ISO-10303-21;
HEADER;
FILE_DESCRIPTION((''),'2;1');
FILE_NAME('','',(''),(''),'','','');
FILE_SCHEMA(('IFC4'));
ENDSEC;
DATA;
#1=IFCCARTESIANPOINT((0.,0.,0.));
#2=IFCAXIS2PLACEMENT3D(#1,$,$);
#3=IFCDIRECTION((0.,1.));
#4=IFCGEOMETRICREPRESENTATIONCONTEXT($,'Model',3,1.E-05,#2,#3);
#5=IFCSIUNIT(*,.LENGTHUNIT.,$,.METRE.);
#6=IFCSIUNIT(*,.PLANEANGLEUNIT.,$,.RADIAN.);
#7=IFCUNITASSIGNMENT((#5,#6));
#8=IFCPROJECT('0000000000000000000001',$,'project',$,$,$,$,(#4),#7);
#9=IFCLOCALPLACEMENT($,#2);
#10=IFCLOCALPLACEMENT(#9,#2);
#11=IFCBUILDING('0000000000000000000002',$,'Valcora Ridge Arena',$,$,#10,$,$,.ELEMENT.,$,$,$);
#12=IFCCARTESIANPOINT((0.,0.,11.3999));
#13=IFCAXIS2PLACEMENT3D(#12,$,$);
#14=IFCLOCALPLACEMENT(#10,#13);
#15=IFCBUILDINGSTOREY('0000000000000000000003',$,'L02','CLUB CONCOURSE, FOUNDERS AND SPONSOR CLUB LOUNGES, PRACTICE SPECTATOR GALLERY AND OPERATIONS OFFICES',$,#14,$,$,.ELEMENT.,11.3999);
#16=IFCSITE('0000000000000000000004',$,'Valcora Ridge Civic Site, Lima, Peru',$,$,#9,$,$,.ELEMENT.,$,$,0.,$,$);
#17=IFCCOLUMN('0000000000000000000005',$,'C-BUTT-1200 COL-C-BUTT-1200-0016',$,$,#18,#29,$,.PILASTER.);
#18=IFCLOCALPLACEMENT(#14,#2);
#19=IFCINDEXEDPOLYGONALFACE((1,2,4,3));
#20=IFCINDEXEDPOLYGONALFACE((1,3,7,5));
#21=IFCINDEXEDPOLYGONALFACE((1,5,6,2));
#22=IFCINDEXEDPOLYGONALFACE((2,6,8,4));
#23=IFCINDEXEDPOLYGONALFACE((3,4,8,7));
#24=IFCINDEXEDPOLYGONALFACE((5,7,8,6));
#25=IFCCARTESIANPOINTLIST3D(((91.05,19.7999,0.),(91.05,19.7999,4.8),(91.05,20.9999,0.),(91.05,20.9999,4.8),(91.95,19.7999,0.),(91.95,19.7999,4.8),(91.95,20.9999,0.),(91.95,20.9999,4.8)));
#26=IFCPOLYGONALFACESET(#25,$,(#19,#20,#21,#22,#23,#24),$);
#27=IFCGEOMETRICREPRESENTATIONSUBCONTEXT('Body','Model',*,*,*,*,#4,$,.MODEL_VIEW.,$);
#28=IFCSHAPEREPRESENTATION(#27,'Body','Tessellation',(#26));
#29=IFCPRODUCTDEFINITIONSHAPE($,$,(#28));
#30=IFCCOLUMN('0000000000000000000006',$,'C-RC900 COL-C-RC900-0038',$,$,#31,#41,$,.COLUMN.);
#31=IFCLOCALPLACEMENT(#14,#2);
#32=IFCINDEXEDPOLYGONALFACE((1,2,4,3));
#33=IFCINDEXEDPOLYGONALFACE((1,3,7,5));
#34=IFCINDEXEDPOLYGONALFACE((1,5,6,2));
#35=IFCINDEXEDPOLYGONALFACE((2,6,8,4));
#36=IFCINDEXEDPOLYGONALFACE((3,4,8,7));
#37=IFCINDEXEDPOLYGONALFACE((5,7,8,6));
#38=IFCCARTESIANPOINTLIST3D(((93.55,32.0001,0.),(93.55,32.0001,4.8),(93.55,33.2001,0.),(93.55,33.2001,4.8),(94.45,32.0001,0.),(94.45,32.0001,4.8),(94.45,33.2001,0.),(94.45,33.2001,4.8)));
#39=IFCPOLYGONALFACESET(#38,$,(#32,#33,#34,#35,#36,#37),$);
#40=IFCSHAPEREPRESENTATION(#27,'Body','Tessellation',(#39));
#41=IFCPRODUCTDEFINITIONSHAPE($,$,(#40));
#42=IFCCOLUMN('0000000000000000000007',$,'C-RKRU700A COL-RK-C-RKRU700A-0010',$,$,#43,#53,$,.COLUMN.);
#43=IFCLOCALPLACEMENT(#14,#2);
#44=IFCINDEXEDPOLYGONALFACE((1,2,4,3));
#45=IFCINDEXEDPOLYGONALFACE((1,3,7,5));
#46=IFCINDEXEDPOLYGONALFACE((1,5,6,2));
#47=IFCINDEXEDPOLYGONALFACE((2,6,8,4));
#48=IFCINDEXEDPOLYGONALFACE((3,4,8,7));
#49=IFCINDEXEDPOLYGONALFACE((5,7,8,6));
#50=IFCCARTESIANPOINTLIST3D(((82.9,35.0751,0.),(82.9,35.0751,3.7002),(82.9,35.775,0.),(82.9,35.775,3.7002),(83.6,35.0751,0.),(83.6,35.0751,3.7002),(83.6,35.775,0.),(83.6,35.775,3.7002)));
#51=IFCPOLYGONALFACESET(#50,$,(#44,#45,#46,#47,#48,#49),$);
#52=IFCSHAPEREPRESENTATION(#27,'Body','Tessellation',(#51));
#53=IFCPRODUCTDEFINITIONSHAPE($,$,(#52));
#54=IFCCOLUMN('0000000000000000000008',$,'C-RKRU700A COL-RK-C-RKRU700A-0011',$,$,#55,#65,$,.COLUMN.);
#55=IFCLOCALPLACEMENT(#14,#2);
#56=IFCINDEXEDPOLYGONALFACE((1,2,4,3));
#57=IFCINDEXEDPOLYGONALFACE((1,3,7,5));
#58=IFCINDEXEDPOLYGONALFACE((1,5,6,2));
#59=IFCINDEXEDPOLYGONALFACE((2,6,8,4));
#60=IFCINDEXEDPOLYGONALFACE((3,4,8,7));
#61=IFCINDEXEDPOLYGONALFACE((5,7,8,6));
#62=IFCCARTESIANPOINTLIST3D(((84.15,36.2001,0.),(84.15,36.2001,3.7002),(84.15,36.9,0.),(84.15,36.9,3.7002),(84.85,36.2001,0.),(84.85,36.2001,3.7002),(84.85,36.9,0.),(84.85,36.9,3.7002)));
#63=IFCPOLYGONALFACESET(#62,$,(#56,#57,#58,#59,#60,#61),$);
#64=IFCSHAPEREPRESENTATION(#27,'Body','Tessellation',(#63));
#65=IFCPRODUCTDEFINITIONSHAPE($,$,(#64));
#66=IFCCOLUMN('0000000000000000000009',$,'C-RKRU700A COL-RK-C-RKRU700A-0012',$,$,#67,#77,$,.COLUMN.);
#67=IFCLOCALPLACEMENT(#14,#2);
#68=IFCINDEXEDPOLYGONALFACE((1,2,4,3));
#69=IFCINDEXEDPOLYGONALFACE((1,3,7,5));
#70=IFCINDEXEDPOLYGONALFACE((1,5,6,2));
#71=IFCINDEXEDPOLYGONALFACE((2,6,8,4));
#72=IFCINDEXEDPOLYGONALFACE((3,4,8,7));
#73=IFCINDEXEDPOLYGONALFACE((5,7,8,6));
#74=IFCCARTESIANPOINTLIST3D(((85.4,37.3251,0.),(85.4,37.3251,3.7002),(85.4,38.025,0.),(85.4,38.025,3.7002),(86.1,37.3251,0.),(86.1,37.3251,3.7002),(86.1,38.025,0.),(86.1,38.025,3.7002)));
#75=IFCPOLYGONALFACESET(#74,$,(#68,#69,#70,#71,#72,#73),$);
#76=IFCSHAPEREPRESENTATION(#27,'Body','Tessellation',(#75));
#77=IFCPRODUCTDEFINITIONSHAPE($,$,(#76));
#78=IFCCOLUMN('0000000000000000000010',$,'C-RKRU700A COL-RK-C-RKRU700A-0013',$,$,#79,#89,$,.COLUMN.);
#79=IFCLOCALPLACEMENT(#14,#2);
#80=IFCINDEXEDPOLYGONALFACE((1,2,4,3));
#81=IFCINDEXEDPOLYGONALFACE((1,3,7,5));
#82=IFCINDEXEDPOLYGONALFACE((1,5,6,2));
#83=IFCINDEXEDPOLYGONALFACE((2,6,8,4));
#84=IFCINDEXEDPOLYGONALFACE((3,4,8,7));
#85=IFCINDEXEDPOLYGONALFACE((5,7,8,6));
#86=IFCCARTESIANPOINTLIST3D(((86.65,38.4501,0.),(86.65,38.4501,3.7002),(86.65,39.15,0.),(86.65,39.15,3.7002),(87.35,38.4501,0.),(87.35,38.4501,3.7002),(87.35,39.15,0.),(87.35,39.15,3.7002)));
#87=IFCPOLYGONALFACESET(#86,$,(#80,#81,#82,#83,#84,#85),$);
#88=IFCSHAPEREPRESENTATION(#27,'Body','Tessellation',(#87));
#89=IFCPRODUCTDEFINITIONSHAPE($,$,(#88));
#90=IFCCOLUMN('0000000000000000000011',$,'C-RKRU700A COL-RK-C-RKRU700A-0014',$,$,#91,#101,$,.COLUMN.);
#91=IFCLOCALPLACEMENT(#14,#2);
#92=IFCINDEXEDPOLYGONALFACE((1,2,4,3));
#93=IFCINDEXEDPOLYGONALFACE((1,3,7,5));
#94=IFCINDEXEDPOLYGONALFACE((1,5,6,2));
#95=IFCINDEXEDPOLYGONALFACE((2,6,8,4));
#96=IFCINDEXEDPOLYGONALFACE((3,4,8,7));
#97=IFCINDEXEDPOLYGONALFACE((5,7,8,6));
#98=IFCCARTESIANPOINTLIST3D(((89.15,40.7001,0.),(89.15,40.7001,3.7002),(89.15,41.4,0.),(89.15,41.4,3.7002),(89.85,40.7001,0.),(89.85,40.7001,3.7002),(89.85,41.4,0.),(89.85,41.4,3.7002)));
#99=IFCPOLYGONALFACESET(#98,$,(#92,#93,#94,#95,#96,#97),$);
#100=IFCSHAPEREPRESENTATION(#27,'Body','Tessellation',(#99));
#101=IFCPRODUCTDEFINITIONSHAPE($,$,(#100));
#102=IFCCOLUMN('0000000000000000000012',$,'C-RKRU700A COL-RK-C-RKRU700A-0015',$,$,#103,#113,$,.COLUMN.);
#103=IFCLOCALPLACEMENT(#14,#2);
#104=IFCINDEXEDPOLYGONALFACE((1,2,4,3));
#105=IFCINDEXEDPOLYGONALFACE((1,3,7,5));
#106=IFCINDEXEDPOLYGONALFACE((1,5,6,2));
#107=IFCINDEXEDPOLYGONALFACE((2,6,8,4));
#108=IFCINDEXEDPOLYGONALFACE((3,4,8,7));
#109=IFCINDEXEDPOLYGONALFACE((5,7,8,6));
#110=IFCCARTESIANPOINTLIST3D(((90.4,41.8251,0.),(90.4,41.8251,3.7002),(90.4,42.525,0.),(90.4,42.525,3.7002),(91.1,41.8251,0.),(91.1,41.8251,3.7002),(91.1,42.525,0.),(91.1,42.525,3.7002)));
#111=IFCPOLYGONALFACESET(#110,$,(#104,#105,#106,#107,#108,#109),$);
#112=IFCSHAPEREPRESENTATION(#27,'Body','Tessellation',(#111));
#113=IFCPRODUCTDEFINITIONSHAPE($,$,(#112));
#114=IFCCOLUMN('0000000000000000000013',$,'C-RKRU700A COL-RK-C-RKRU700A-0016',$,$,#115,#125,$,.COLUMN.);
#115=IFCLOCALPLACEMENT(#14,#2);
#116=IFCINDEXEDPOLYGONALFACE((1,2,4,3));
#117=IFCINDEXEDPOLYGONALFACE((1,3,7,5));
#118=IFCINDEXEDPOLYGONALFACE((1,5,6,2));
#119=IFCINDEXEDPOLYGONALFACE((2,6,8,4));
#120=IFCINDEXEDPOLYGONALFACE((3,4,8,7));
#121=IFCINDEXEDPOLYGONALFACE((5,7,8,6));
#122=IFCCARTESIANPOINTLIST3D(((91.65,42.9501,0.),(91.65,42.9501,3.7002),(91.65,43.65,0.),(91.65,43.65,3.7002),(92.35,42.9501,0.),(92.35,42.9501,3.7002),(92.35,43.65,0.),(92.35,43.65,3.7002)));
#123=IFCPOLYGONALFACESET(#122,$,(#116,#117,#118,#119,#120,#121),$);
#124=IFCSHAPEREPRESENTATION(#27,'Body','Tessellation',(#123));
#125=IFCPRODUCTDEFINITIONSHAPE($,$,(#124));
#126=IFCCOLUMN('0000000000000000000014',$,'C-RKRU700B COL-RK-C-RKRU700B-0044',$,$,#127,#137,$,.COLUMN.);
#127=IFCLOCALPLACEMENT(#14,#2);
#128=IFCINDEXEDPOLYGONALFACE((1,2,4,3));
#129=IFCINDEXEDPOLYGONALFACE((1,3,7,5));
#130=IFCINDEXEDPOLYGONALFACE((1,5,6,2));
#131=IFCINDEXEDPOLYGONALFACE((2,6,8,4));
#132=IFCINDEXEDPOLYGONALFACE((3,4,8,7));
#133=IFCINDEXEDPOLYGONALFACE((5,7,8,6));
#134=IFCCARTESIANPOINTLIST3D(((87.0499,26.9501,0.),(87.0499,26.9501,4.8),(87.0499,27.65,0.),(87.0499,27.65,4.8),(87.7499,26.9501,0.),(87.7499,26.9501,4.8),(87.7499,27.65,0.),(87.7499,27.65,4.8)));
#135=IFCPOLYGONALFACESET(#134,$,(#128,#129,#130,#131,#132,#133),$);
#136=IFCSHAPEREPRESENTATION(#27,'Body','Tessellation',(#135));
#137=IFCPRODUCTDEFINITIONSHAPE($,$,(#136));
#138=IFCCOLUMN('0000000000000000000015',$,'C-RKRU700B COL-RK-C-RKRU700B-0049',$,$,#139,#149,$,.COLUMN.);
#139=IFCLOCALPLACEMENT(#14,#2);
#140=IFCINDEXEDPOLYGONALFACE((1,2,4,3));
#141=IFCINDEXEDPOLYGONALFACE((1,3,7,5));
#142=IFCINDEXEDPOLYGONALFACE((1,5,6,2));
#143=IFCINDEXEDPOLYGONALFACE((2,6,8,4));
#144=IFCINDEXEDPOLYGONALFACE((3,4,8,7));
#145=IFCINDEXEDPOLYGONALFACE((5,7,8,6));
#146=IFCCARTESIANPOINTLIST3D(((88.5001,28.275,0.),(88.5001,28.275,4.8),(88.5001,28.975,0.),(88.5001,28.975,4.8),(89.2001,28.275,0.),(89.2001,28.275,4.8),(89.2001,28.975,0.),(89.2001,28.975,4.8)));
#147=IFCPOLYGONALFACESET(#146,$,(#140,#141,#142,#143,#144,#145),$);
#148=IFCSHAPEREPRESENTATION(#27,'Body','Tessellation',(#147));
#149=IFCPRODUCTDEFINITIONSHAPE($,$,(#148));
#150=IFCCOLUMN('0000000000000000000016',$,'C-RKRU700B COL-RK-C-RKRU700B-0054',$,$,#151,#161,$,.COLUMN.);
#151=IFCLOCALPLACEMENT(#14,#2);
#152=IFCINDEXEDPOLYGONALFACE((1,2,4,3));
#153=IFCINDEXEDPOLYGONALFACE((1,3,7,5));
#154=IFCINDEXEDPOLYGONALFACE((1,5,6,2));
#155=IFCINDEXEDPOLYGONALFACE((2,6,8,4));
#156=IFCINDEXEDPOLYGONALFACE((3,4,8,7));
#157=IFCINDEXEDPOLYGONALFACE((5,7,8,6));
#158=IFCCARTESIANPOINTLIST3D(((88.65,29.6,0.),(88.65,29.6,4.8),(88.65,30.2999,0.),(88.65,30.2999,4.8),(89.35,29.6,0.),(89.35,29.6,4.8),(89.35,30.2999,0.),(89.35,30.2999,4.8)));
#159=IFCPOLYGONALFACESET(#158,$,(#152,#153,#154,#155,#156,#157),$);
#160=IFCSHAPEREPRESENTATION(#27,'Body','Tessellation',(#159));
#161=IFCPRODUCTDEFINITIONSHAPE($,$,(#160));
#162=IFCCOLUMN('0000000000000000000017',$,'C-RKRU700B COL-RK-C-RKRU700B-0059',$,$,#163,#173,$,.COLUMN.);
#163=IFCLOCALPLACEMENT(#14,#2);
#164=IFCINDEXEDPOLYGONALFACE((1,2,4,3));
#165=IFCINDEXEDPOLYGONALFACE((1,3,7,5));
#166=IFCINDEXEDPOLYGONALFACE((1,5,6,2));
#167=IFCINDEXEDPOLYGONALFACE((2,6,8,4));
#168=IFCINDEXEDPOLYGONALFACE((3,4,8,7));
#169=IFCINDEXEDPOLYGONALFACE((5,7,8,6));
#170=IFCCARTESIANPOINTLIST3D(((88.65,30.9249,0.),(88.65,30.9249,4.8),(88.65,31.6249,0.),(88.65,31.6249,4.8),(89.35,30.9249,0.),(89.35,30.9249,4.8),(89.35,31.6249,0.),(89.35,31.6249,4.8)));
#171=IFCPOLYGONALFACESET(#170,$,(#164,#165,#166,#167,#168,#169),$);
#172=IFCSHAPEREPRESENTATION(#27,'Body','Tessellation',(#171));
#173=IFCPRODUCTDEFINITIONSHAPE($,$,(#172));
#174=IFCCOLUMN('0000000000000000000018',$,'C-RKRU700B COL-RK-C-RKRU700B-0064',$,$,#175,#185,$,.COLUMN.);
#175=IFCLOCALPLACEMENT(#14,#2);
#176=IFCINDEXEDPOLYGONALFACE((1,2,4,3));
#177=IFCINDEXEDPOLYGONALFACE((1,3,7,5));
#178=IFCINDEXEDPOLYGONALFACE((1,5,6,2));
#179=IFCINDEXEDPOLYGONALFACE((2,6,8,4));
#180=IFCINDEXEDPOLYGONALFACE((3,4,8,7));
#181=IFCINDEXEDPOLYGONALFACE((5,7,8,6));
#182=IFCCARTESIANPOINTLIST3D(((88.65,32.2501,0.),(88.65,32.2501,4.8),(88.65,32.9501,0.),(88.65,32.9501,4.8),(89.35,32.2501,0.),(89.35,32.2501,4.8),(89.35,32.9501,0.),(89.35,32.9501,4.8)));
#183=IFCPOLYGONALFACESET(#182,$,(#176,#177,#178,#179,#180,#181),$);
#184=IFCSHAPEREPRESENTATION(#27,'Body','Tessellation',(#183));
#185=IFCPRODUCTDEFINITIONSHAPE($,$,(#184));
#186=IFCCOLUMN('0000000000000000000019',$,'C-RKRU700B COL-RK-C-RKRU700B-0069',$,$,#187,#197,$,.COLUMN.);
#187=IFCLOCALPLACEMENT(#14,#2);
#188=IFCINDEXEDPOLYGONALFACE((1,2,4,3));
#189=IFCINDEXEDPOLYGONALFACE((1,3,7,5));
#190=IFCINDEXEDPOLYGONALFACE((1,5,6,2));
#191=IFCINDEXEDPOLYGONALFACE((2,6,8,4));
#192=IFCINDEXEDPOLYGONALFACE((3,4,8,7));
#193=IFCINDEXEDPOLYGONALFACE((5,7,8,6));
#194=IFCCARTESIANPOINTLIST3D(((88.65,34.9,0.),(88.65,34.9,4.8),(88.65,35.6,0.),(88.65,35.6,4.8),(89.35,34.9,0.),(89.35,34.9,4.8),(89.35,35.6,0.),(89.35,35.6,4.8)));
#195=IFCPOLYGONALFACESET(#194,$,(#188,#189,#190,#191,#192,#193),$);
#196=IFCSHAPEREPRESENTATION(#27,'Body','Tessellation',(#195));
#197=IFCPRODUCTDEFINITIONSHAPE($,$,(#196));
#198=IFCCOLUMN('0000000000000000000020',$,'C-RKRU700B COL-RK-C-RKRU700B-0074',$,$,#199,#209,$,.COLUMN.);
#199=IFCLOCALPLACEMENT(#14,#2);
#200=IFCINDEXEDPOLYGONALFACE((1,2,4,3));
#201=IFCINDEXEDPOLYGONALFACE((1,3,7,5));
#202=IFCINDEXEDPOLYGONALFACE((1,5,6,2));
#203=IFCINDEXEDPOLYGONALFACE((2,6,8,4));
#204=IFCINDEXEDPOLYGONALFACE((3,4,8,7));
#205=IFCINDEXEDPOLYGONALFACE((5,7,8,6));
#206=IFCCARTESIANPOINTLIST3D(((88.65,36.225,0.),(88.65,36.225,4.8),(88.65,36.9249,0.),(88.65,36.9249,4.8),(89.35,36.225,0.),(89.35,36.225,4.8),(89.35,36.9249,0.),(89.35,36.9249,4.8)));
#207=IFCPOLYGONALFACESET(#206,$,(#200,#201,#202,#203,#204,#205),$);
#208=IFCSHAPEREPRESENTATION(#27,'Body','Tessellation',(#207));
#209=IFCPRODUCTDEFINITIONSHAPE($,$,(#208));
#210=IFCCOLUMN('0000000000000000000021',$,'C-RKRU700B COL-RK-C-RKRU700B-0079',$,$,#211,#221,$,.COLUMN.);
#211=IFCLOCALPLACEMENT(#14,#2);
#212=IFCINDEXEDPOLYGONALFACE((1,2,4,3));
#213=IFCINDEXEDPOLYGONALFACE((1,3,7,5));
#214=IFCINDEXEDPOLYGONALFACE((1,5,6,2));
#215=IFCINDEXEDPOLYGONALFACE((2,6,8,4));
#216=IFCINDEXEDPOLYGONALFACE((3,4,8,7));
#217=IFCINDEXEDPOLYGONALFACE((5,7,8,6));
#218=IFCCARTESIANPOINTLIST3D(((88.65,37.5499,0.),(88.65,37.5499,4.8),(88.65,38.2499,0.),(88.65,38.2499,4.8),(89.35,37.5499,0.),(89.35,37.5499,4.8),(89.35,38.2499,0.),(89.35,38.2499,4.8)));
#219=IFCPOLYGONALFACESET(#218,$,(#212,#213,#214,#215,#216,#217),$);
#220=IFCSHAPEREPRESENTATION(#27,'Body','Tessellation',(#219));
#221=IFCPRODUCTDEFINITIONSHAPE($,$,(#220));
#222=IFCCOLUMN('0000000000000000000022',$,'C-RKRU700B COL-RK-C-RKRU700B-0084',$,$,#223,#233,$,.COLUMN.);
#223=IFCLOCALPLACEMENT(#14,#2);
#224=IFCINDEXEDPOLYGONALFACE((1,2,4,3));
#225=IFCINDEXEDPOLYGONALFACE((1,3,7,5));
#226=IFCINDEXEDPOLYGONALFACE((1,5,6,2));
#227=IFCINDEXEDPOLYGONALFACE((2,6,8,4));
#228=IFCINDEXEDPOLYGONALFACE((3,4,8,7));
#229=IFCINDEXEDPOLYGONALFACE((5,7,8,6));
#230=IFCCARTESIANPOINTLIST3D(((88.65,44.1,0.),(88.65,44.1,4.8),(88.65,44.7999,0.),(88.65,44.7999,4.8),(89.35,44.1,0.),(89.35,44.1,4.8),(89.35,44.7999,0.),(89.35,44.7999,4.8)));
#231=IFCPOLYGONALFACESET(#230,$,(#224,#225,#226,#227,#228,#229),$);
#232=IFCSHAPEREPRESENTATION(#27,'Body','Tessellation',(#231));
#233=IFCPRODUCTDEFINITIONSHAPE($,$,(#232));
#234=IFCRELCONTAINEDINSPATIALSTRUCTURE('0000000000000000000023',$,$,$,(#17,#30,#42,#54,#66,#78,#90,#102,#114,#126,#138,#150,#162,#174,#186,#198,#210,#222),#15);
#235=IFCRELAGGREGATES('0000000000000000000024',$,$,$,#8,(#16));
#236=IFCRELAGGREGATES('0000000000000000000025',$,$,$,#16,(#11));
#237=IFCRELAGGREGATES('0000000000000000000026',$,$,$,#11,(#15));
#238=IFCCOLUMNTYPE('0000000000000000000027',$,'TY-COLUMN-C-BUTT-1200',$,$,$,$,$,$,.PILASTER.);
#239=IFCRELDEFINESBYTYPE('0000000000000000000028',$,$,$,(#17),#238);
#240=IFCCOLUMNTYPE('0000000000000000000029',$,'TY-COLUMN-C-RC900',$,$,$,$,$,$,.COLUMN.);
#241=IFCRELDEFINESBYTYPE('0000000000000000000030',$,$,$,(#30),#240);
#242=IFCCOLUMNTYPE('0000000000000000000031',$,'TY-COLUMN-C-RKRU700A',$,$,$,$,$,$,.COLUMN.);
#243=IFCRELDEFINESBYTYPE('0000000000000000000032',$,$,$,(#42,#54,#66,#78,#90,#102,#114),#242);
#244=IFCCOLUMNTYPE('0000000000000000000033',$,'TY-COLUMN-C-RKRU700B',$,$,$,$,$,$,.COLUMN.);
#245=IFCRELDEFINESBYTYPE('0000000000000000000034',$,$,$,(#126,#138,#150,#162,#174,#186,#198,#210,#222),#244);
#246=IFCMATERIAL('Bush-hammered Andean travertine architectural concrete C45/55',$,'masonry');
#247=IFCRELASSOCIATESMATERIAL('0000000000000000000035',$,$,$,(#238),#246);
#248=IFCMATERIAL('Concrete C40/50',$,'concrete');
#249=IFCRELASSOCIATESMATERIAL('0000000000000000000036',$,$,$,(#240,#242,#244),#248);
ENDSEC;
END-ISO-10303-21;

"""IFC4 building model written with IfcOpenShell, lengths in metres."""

from ifc_helpers import new_model, si_unit, direction, frame, origin, origin_2d, place, context, subcontext, project, spatial, rectangle, extrude, material, material_profile, profile_set, type_object, element, save


model = new_model("IFC4")

# Units and contexts
model_context = context("Model", 3, precision=1e-05, world=origin(), true_north=direction((0.0, 1.0)))
body_context = subcontext(model_context, "Body", "Model", "MODEL_VIEW")
ifc_project = project(units=[si_unit("LENGTHUNIT", "METRE"), si_unit("PLANEANGLEUNIT", "RADIAN")], contexts=[model_context])

# Site, building, storey
site_placement = place(None, origin())
site = spatial("IfcSite", under=ifc_project, at=site_placement, Name="Valcora Ridge Civic Site, Lima, Peru", CompositionType="ELEMENT", RefElevation=0.0)
building_placement = place(site_placement, origin())
building = spatial("IfcBuilding", under=site, at=building_placement, Name="Valcora Ridge Arena", CompositionType="ELEMENT")
storey_placement = place(building_placement, frame((0.0, 0.0, 11.3999)))
storey = spatial("IfcBuildingStorey", under=building, at=storey_placement, Name="L02", Description="CLUB CONCOURSE, FOUNDERS AND SPONSOR CLUB LOUNGES, PRACTICE SPECTATOR GALLERY AND OPERATIONS OFFICES", CompositionType="ELEMENT", Elevation=11.3999)

# Columns
ifc_material_1 = material(Name="Bush-hammered Andean travertine architectural concrete C45/55", Category="masonry")
ifc_material_profile_1 = material_profile(ifc_material_1, rectangle(XDim=0.8999, YDim=1.2, at=origin_2d()), Name="RC 900x1200")
ifc_profile_set_1 = profile_set([ifc_material_profile_1], Name="Bush-hammered Andean travertine architectural concrete C45/55")
column_type_1 = type_object("IfcColumnType", Name="TY-COLUMN-C-BUTT-1200", PredefinedType="PILASTER", material=ifc_profile_set_1)
column_1_placement = place(storey_placement, frame((91.5, 20.3999, 0.0), z_axis=(0.0, 0.0, 1.0), x_axis=(1.0, 0.0, 0.0)))
element("IfcColumn", 1, at=column_1_placement, inside=storey, type_object=column_type_1, Name="C-BUTT-1200 COL-C-BUTT-1200-0016", PredefinedType="PILASTER", context=body_context, shape_type="SweptSolid", body=[
    extrude(rectangle(XDim=0.8999, YDim=1.2, at=origin_2d()), origin(), (0.0, 0.0, 1.0), 4.8),
])
ifc_material_2 = material(Name="Concrete C40/50", Category="concrete")
ifc_material_profile_2 = material_profile(ifc_material_2, rectangle(XDim=0.8999, YDim=1.2, at=origin_2d()), Name="RC 900x1200")
ifc_profile_set_2 = profile_set([ifc_material_profile_2], Name="Concrete C40/50")
column_type_2 = type_object("IfcColumnType", Name="TY-COLUMN-C-RC900", PredefinedType="COLUMN", material=ifc_profile_set_2)
column_2_placement = place(storey_placement, frame((94.0, 32.6001, 0.0), z_axis=(0.0, 0.0, 1.0), x_axis=(1.0, 0.0, 0.0)))
element("IfcColumn", 2, at=column_2_placement, inside=storey, type_object=column_type_2, Name="C-RC900 COL-C-RC900-0038", PredefinedType="COLUMN", context=body_context, shape_type="SweptSolid", body=[
    extrude(rectangle(XDim=0.8999, YDim=1.2, at=origin_2d()), origin(), (0.0, 0.0, 1.0), 4.8),
])
ifc_material_profile_3 = material_profile(ifc_material_2, rectangle(XDim=0.7, YDim=0.7, at=origin_2d()), Name="RC 700x700")
ifc_profile_set_3 = profile_set([ifc_material_profile_3], Name="Concrete C40/50")
column_type_3 = type_object("IfcColumnType", Name="TY-COLUMN-C-RKRU700A", PredefinedType="COLUMN", material=ifc_profile_set_3)
for number, where, z_axis, x_axis, name in (
    (3, (83.25, 35.425, 0.0), (0.0, 0.0, 1.0), (1.0, 0.0, 0.0), "C-RKRU700A COL-RK-C-RKRU700A-0010"),
    (4, (84.5, 36.55, 0.0), (0.0, 0.0, 1.0), (1.0, 0.0, 0.0), "C-RKRU700A COL-RK-C-RKRU700A-0011"),
    (5, (85.75, 37.675, 0.0), (0.0, 0.0, 1.0), (1.0, 0.0, 0.0), "C-RKRU700A COL-RK-C-RKRU700A-0012"),
    (6, (87.0, 38.8, 0.0), (0.0, 0.0, 1.0), (1.0, 0.0, 0.0), "C-RKRU700A COL-RK-C-RKRU700A-0013"),
    (7, (89.5, 41.05, 0.0), (0.0, 0.0, 1.0), (1.0, 0.0, 0.0), "C-RKRU700A COL-RK-C-RKRU700A-0014"),
    (8, (90.75, 42.175, 0.0), (0.0, 0.0, 1.0), (1.0, 0.0, 0.0), "C-RKRU700A COL-RK-C-RKRU700A-0015"),
    (9, (92.0, 43.3, 0.0), (0.0, 0.0, 1.0), (1.0, 0.0, 0.0), "C-RKRU700A COL-RK-C-RKRU700A-0016"),
):
    element("IfcColumn", number, at=place(storey_placement, frame(where, z_axis=z_axis, x_axis=x_axis)), inside=storey, type_object=column_type_3, Name=name, PredefinedType="COLUMN", context=body_context, shape_type="SweptSolid", body=[
        extrude(rectangle(XDim=0.7, YDim=0.7, at=origin_2d()), origin(), (0.0, 0.0, 1.0), 3.7002),
    ])
ifc_material_profile_4 = material_profile(ifc_material_2, rectangle(XDim=0.7, YDim=0.7, at=origin_2d()), Name="RC 700x700")
ifc_profile_set_4 = profile_set([ifc_material_profile_4], Name="Concrete C40/50")
column_type_4 = type_object("IfcColumnType", Name="TY-COLUMN-C-RKRU700B", PredefinedType="COLUMN", material=ifc_profile_set_4)
for number, where, z_axis, x_axis, name in (
    (10, (87.3999, 27.3, 0.0), (0.0, 0.0, 1.0), (1.0, 0.0, 0.0), "C-RKRU700B COL-RK-C-RKRU700B-0044"),
    (11, (88.8501, 28.625, 0.0), (0.0, 0.0, 1.0), (1.0, 0.0, 0.0), "C-RKRU700B COL-RK-C-RKRU700B-0049"),
    (12, (89.0, 29.95, 0.0), (0.0, 0.0, 1.0), (1.0, 0.0, 0.0), "C-RKRU700B COL-RK-C-RKRU700B-0054"),
    (13, (89.0, 31.2749, 0.0), (0.0, 0.0, 1.0), (1.0, 0.0, 0.0), "C-RKRU700B COL-RK-C-RKRU700B-0059"),
    (14, (89.0, 32.6001, 0.0), (0.0, 0.0, 1.0), (1.0, 0.0, 0.0), "C-RKRU700B COL-RK-C-RKRU700B-0064"),
    (15, (89.0, 35.25, 0.0), (0.0, 0.0, 1.0), (1.0, 0.0, 0.0), "C-RKRU700B COL-RK-C-RKRU700B-0069"),
    (16, (89.0, 36.575, 0.0), (0.0, 0.0, 1.0), (1.0, 0.0, 0.0), "C-RKRU700B COL-RK-C-RKRU700B-0074"),
    (17, (89.0, 37.8999, 0.0), (0.0, 0.0, 1.0), (1.0, 0.0, 0.0), "C-RKRU700B COL-RK-C-RKRU700B-0079"),
    (18, (89.0, 44.45, 0.0), (0.0, 0.0, 1.0), (1.0, 0.0, 0.0), "C-RKRU700B COL-RK-C-RKRU700B-0084"),
):
    element("IfcColumn", number, at=place(storey_placement, frame(where, z_axis=z_axis, x_axis=x_axis)), inside=storey, type_object=column_type_4, Name=name, PredefinedType="COLUMN", context=body_context, shape_type="SweptSolid", body=[
        extrude(rectangle(XDim=0.7, YDim=0.7, at=origin_2d()), origin(), (0.0, 0.0, 1.0), 4.8),
    ])

save(model, "model.ifc")
